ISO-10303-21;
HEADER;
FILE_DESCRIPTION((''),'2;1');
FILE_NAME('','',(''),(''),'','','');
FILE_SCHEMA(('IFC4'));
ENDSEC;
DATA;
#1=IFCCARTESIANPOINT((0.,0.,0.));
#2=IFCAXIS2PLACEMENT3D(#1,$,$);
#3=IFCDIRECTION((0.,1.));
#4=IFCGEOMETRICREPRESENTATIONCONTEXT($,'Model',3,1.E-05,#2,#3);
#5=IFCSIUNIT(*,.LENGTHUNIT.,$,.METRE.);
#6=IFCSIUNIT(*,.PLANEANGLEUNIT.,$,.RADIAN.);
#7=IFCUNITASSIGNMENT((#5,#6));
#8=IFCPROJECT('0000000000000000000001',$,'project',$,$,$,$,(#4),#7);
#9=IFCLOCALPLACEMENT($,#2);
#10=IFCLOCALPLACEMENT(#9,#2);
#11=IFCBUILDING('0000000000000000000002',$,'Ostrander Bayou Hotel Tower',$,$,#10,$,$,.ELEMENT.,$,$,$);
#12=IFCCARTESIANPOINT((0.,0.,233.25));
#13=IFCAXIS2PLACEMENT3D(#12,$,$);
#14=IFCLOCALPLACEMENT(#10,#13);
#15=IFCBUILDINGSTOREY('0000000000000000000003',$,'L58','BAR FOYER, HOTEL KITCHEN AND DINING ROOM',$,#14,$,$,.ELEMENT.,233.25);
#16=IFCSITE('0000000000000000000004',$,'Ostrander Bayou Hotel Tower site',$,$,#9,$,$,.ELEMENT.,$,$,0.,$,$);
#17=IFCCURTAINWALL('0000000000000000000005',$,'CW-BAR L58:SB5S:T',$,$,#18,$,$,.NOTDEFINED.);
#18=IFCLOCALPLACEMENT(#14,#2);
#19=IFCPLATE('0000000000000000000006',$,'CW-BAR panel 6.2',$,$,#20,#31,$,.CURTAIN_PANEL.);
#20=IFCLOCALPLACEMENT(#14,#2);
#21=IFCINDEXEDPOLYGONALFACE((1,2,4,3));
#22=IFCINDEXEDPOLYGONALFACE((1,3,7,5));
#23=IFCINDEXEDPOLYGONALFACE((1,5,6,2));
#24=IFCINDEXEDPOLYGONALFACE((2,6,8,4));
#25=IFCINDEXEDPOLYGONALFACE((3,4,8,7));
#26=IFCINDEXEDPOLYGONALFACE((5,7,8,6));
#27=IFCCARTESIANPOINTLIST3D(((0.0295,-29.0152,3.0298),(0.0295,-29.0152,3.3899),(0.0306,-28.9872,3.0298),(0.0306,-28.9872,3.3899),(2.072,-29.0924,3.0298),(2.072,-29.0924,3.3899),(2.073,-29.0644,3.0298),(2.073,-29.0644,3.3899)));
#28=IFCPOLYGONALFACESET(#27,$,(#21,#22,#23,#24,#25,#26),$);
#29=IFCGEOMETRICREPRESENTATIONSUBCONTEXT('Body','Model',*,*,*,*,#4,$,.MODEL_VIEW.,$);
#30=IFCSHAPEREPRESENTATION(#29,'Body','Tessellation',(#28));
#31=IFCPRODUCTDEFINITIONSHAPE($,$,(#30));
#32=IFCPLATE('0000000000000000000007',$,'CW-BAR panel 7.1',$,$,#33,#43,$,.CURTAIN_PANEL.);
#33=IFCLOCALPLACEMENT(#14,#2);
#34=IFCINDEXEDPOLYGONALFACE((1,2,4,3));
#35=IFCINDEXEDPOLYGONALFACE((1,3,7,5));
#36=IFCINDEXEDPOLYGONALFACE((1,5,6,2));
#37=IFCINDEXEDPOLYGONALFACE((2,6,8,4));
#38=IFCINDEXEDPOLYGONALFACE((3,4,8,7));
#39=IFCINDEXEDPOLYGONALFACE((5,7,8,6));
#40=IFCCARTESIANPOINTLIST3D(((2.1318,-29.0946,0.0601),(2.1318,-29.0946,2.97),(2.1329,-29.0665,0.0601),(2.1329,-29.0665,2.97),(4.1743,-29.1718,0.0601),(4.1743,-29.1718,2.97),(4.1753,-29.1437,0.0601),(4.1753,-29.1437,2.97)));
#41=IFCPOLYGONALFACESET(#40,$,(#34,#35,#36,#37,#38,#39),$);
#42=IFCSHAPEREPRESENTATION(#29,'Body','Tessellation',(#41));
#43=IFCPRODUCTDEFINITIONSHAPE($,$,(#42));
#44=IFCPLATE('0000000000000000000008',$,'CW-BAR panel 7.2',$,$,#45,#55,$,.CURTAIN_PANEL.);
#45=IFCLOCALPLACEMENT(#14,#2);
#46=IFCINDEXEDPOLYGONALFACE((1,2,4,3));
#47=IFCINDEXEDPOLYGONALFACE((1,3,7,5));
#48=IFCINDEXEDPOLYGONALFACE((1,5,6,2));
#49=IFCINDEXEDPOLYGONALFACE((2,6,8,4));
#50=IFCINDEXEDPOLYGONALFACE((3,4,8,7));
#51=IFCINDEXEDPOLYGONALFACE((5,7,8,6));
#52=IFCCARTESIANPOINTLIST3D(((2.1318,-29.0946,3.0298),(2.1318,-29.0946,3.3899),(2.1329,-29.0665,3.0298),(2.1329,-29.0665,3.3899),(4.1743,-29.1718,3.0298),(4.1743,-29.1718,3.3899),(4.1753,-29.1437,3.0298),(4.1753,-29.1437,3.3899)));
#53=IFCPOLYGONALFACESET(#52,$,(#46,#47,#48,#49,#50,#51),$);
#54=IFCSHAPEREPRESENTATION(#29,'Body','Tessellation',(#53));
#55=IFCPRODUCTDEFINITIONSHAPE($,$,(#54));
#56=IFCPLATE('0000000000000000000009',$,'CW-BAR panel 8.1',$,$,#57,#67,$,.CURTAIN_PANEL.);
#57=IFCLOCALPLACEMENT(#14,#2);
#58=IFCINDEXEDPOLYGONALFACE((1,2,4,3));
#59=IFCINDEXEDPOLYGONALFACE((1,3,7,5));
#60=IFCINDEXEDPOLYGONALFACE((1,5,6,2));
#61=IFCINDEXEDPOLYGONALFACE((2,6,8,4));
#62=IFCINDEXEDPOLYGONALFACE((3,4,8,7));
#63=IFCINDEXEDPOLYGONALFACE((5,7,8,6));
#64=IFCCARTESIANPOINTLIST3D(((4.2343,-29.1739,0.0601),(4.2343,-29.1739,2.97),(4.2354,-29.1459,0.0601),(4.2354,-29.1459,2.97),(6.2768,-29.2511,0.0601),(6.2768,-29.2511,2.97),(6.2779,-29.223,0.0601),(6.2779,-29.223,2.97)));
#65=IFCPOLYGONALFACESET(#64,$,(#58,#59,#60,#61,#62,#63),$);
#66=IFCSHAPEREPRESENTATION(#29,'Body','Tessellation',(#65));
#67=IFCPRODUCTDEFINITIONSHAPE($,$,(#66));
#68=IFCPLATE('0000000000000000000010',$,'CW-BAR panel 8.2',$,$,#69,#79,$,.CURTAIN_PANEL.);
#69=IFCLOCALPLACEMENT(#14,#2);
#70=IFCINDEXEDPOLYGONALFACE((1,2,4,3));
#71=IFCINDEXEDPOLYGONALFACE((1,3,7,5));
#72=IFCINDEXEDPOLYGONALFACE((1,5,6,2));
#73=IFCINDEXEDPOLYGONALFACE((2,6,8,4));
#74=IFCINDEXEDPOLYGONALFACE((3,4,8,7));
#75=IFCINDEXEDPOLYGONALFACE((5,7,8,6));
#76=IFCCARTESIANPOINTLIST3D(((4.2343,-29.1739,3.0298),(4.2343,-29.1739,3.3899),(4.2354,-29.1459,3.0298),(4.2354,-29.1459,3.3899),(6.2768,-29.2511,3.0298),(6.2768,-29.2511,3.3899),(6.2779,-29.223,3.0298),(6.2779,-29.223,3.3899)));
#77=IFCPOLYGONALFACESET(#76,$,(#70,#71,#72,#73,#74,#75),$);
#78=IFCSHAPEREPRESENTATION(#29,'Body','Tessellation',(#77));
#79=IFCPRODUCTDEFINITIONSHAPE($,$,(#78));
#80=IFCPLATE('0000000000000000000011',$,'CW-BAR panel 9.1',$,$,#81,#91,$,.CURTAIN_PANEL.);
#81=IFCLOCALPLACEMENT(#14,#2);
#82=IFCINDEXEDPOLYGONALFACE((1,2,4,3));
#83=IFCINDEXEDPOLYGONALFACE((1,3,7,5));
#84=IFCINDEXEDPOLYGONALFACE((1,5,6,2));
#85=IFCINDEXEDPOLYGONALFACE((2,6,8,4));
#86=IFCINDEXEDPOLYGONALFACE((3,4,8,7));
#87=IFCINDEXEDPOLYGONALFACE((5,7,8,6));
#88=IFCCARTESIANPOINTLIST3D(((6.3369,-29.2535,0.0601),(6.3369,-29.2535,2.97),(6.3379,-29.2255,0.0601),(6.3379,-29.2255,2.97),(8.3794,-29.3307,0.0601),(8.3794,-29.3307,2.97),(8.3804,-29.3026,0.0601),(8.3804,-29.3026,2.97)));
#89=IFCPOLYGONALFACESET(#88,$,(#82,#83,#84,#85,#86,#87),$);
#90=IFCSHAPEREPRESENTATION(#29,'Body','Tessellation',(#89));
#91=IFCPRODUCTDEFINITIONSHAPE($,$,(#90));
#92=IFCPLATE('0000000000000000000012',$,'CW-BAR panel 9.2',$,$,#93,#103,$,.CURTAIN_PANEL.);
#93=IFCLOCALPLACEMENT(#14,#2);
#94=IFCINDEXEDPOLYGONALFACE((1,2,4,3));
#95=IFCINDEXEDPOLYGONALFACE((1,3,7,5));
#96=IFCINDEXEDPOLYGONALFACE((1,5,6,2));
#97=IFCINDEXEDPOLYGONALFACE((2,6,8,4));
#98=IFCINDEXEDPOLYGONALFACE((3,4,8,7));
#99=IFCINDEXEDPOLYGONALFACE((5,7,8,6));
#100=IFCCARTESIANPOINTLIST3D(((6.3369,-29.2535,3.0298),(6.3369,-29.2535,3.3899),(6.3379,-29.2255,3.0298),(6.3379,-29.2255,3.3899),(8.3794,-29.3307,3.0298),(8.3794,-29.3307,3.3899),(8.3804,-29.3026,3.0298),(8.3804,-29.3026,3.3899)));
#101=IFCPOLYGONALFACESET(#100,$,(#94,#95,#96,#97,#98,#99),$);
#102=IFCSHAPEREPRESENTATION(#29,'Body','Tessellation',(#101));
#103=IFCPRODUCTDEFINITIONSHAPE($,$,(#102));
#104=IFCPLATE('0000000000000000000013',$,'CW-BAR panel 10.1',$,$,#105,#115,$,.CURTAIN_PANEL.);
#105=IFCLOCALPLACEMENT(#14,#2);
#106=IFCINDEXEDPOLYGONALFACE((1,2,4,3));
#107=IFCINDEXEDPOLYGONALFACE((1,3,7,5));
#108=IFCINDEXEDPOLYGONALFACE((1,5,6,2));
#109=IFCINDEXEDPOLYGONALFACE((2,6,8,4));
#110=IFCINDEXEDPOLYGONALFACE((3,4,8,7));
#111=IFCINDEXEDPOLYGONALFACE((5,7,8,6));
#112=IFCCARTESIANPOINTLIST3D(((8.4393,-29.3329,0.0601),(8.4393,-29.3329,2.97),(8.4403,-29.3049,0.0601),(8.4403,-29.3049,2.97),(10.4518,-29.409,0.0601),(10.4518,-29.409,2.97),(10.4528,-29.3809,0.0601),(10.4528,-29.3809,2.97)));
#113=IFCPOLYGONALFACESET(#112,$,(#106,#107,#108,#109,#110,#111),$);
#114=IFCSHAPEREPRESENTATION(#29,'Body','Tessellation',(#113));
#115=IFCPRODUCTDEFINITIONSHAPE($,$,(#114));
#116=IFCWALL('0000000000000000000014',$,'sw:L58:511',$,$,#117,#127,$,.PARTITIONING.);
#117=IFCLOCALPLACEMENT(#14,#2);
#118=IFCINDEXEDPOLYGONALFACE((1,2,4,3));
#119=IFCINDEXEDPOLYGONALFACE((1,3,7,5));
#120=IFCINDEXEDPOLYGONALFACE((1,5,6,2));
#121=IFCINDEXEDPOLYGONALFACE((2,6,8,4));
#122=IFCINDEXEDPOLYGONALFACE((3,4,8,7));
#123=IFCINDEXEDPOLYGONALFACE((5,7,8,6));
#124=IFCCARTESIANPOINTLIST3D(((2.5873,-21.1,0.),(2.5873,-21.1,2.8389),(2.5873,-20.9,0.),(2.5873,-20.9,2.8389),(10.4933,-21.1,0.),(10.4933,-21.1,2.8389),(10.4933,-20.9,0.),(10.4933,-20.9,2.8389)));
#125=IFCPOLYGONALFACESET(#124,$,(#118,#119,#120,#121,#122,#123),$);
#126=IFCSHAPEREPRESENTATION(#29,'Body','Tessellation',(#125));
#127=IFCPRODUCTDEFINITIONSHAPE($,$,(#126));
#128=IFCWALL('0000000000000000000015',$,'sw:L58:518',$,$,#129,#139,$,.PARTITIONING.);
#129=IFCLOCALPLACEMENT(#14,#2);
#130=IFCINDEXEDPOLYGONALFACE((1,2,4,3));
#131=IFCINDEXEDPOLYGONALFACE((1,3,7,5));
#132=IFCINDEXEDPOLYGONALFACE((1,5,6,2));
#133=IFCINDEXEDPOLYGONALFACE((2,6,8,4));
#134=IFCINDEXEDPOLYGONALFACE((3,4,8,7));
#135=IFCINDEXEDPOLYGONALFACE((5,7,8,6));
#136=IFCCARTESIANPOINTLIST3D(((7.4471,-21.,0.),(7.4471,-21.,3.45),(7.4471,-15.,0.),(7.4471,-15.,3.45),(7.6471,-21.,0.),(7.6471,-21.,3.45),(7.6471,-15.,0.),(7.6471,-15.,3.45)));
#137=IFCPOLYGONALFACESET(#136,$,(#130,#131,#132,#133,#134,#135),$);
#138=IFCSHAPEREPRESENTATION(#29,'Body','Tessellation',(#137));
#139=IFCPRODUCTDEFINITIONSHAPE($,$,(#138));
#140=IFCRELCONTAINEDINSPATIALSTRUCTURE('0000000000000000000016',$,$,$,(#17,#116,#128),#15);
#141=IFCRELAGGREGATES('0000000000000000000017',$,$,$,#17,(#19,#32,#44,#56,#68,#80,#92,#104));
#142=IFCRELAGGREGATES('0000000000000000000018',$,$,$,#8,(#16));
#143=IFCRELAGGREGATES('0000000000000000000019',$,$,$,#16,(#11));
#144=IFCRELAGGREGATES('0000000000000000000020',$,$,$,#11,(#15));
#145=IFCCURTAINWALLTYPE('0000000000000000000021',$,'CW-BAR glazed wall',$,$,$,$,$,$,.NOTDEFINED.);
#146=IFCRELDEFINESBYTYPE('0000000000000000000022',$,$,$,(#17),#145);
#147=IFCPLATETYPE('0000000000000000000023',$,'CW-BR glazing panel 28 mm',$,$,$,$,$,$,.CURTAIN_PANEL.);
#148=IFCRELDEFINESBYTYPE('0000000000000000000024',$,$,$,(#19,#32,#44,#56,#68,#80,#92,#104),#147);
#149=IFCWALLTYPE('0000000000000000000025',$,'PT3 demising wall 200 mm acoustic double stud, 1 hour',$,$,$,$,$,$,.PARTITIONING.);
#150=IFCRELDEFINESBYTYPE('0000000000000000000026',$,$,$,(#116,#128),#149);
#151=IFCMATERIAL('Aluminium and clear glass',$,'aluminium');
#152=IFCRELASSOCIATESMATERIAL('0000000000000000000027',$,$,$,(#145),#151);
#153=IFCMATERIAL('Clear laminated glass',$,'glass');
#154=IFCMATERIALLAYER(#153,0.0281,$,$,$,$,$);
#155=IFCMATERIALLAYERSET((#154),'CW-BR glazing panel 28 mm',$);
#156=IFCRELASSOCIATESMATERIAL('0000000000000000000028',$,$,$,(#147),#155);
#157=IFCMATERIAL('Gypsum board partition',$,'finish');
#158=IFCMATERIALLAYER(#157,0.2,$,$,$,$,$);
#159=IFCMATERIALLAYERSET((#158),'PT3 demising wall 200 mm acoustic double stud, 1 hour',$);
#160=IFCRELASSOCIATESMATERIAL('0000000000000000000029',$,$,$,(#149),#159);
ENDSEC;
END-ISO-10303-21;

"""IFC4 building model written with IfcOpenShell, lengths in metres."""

from ifc_helpers import new_model, si_unit, direction, frame, frame_2d, origin, origin_2d, place, context, subcontext, project, spatial, rectangle, extrude, material, layer, layer_set, type_object, element, aggregate, save


model = new_model("IFC4")

# Units and contexts
model_context = context("Model", 3, precision=1e-05, world=origin(), true_north=direction((0.0, 1.0)))
body_context = subcontext(model_context, "Body", "Model", "MODEL_VIEW")
ifc_project = project(units=[si_unit("LENGTHUNIT", "METRE"), si_unit("PLANEANGLEUNIT", "RADIAN")], contexts=[model_context])

# Site, building, storey
site_placement = place(None, origin())
site = spatial("IfcSite", under=ifc_project, at=site_placement, Name="Ostrander Bayou Hotel Tower site", CompositionType="ELEMENT", RefElevation=0.0)
building_placement = place(site_placement, origin())
building = spatial("IfcBuilding", under=site, at=building_placement, Name="Ostrander Bayou Hotel Tower", CompositionType="ELEMENT")
storey_placement = place(building_placement, frame((0.0, 0.0, 233.25)))
storey = spatial("IfcBuildingStorey", under=building, at=storey_placement, Name="L58", Description="BAR FOYER, HOTEL KITCHEN AND DINING ROOM", CompositionType="ELEMENT", Elevation=233.25)

# Curtain wall, plates
ifc_material_1 = material(Name="Aluminium and clear glass", Category="aluminium")
curtain_wall_type = type_object("IfcCurtainWallType", Name="CW-BAR glazed wall", PredefinedType="NOTDEFINED", material=ifc_material_1)
curtain_wall_placement = place(storey_placement, origin())
curtain_wall = element("IfcCurtainWall", 1, at=curtain_wall_placement, inside=storey, type_object=curtain_wall_type, Name="CW-BAR L58:SB5S:T", PredefinedType="NOTDEFINED")
ifc_material_2 = material(Name="Clear laminated glass", Category="glass")
ifc_layer_1 = layer(ifc_material_2, 0.0281)
ifc_layer_set_1 = layer_set([ifc_layer_1], Name="CW-BR glazing panel 28 mm")
plate_type = type_object("IfcPlateType", Name="CW-BR glazing panel 28 mm", PredefinedType="CURTAIN_PANEL", material=ifc_layer_set_1)
plate_1_placement = place(storey_placement, frame((1.0513, -29.0398, 3.0298), z_axis=(0.0, 0.0, 1.0), x_axis=(0.999287, -0.037758, 0.0)))
plate_1 = element("IfcPlate", 2, at=plate_1_placement, type_object=plate_type, Name="CW-BAR panel 6.2", PredefinedType="CURTAIN_PANEL", context=body_context, shape_type="SweptSolid", body=[
    extrude(rectangle(XDim=2.0439, YDim=0.0281, at=origin_2d()), origin(), (0.0, 0.0, 1.0), 0.3601),
])
plate_2_placement = place(storey_placement, frame((3.1536, -29.1191, 0.0601), z_axis=(0.0, 0.0, 1.0), x_axis=(0.999287, -0.037758, 0.0)))
plate_2 = element("IfcPlate", 3, at=plate_2_placement, type_object=plate_type, Name="CW-BAR panel 7.1", PredefinedType="CURTAIN_PANEL", context=body_context, shape_type="SweptSolid", body=[
    extrude(rectangle(XDim=2.0439, YDim=0.0281, at=origin_2d()), origin(), (0.0, 0.0, 1.0), 2.9099),
])
plate_3_placement = place(storey_placement, frame((3.1536, -29.1191, 3.0298), z_axis=(0.0, 0.0, 1.0), x_axis=(0.999287, -0.037758, 0.0)))
plate_3 = element("IfcPlate", 4, at=plate_3_placement, type_object=plate_type, Name="CW-BAR panel 7.2", PredefinedType="CURTAIN_PANEL", context=body_context, shape_type="SweptSolid", body=[
    extrude(rectangle(XDim=2.0439, YDim=0.0281, at=origin_2d()), origin(), (0.0, 0.0, 1.0), 0.3601),
])
plate_4_placement = place(storey_placement, frame((5.2561, -29.1985, 0.0601), z_axis=(0.0, 0.0, 1.0), x_axis=(0.999287, -0.037758, 0.0)))
plate_4 = element("IfcPlate", 5, at=plate_4_placement, type_object=plate_type, Name="CW-BAR panel 8.1", PredefinedType="CURTAIN_PANEL", context=body_context, shape_type="SweptSolid", body=[
    extrude(rectangle(XDim=2.0439, YDim=0.0281, at=origin_2d()), origin(), (0.0, 0.0, 1.0), 2.9099),
])
plate_5_placement = place(storey_placement, frame((5.2561, -29.1985, 3.0298), z_axis=(0.0, 0.0, 1.0), x_axis=(0.999287, -0.037758, 0.0)))
plate_5 = element("IfcPlate", 6, at=plate_5_placement, type_object=plate_type, Name="CW-BAR panel 8.2", PredefinedType="CURTAIN_PANEL", context=body_context, shape_type="SweptSolid", body=[
    extrude(rectangle(XDim=2.0439, YDim=0.0281, at=origin_2d()), origin(), (0.0, 0.0, 1.0), 0.3601),
])
plate_6_placement = place(storey_placement, frame((7.3586, -29.2781, 0.0601), z_axis=(0.0, 0.0, 1.0), x_axis=(0.999287, -0.037758, 0.0)))
plate_6 = element("IfcPlate", 7, at=plate_6_placement, type_object=plate_type, Name="CW-BAR panel 9.1", PredefinedType="CURTAIN_PANEL", context=body_context, shape_type="SweptSolid", body=[
    extrude(rectangle(XDim=2.0439, YDim=0.0281, at=origin_2d()), origin(), (0.0, 0.0, 1.0), 2.9099),
])
plate_7_placement = place(storey_placement, frame((7.3586, -29.2781, 3.0298), z_axis=(0.0, 0.0, 1.0), x_axis=(0.999287, -0.037758, 0.0)))
plate_7 = element("IfcPlate", 8, at=plate_7_placement, type_object=plate_type, Name="CW-BAR panel 9.2", PredefinedType="CURTAIN_PANEL", context=body_context, shape_type="SweptSolid", body=[
    extrude(rectangle(XDim=2.0439, YDim=0.0281, at=origin_2d()), origin(), (0.0, 0.0, 1.0), 0.3601),
])
plate_8_placement = place(storey_placement, frame((9.446, -29.3569, 0.0601), z_axis=(0.0, 0.0, 1.0), x_axis=(0.999287, -0.037758, 0.0)))
plate_8 = element("IfcPlate", 9, at=plate_8_placement, type_object=plate_type, Name="CW-BAR panel 10.1", PredefinedType="CURTAIN_PANEL", context=body_context, shape_type="SweptSolid", body=[
    extrude(rectangle(XDim=2.0139, YDim=0.0281, at=origin_2d()), origin(), (0.0, 0.0, 1.0), 2.9099),
])
aggregate(curtain_wall, [plate_1, plate_2, plate_3, plate_4, plate_5, plate_6, plate_7, plate_8])

# Wall
ifc_material_3 = material(Name="Gypsum board partition", Category="finish")
ifc_layer_2 = layer(ifc_material_3, 0.2)
ifc_layer_set_2 = layer_set([ifc_layer_2], Name="PT3 demising wall 200 mm acoustic double stud, 1 hour")
wall_type = type_object("IfcWallType", Name="PT3 demising wall 200 mm acoustic double stud, 1 hour", PredefinedType="PARTITIONING", material=ifc_layer_set_2)
wall_1_placement = place(storey_placement, frame((2.5872, -21.0, 0.0), z_axis=(0.0, 0.0, 1.0), x_axis=(1.0, 0.0, 0.0)))
element("IfcWall", 10, at=wall_1_placement, inside=storey, type_object=wall_type, Name="sw:L58:511", PredefinedType="PARTITIONING", context=body_context, shape_type="SweptSolid", body=[
    extrude(rectangle(XDim=7.906, YDim=0.2, at=frame_2d((3.9531, 0.0))), origin(), (0.0, 0.0, 1.0), 2.8389),
])

# Wall
wall_2_placement = place(storey_placement, frame((7.5471, -21.0, 0.0), z_axis=(0.0, 0.0, 1.0), x_axis=(0.0, 1.0, 0.0)))
element("IfcWall", 11, at=wall_2_placement, inside=storey, type_object=wall_type, Name="sw:L58:518", PredefinedType="PARTITIONING", context=body_context, shape_type="SweptSolid", body=[
    extrude(rectangle(XDim=6.0, YDim=0.2, at=frame_2d((3.0, 0.0))), origin(), (0.0, 0.0, 1.0), 3.45),
])

save(model, "model.ifc")
